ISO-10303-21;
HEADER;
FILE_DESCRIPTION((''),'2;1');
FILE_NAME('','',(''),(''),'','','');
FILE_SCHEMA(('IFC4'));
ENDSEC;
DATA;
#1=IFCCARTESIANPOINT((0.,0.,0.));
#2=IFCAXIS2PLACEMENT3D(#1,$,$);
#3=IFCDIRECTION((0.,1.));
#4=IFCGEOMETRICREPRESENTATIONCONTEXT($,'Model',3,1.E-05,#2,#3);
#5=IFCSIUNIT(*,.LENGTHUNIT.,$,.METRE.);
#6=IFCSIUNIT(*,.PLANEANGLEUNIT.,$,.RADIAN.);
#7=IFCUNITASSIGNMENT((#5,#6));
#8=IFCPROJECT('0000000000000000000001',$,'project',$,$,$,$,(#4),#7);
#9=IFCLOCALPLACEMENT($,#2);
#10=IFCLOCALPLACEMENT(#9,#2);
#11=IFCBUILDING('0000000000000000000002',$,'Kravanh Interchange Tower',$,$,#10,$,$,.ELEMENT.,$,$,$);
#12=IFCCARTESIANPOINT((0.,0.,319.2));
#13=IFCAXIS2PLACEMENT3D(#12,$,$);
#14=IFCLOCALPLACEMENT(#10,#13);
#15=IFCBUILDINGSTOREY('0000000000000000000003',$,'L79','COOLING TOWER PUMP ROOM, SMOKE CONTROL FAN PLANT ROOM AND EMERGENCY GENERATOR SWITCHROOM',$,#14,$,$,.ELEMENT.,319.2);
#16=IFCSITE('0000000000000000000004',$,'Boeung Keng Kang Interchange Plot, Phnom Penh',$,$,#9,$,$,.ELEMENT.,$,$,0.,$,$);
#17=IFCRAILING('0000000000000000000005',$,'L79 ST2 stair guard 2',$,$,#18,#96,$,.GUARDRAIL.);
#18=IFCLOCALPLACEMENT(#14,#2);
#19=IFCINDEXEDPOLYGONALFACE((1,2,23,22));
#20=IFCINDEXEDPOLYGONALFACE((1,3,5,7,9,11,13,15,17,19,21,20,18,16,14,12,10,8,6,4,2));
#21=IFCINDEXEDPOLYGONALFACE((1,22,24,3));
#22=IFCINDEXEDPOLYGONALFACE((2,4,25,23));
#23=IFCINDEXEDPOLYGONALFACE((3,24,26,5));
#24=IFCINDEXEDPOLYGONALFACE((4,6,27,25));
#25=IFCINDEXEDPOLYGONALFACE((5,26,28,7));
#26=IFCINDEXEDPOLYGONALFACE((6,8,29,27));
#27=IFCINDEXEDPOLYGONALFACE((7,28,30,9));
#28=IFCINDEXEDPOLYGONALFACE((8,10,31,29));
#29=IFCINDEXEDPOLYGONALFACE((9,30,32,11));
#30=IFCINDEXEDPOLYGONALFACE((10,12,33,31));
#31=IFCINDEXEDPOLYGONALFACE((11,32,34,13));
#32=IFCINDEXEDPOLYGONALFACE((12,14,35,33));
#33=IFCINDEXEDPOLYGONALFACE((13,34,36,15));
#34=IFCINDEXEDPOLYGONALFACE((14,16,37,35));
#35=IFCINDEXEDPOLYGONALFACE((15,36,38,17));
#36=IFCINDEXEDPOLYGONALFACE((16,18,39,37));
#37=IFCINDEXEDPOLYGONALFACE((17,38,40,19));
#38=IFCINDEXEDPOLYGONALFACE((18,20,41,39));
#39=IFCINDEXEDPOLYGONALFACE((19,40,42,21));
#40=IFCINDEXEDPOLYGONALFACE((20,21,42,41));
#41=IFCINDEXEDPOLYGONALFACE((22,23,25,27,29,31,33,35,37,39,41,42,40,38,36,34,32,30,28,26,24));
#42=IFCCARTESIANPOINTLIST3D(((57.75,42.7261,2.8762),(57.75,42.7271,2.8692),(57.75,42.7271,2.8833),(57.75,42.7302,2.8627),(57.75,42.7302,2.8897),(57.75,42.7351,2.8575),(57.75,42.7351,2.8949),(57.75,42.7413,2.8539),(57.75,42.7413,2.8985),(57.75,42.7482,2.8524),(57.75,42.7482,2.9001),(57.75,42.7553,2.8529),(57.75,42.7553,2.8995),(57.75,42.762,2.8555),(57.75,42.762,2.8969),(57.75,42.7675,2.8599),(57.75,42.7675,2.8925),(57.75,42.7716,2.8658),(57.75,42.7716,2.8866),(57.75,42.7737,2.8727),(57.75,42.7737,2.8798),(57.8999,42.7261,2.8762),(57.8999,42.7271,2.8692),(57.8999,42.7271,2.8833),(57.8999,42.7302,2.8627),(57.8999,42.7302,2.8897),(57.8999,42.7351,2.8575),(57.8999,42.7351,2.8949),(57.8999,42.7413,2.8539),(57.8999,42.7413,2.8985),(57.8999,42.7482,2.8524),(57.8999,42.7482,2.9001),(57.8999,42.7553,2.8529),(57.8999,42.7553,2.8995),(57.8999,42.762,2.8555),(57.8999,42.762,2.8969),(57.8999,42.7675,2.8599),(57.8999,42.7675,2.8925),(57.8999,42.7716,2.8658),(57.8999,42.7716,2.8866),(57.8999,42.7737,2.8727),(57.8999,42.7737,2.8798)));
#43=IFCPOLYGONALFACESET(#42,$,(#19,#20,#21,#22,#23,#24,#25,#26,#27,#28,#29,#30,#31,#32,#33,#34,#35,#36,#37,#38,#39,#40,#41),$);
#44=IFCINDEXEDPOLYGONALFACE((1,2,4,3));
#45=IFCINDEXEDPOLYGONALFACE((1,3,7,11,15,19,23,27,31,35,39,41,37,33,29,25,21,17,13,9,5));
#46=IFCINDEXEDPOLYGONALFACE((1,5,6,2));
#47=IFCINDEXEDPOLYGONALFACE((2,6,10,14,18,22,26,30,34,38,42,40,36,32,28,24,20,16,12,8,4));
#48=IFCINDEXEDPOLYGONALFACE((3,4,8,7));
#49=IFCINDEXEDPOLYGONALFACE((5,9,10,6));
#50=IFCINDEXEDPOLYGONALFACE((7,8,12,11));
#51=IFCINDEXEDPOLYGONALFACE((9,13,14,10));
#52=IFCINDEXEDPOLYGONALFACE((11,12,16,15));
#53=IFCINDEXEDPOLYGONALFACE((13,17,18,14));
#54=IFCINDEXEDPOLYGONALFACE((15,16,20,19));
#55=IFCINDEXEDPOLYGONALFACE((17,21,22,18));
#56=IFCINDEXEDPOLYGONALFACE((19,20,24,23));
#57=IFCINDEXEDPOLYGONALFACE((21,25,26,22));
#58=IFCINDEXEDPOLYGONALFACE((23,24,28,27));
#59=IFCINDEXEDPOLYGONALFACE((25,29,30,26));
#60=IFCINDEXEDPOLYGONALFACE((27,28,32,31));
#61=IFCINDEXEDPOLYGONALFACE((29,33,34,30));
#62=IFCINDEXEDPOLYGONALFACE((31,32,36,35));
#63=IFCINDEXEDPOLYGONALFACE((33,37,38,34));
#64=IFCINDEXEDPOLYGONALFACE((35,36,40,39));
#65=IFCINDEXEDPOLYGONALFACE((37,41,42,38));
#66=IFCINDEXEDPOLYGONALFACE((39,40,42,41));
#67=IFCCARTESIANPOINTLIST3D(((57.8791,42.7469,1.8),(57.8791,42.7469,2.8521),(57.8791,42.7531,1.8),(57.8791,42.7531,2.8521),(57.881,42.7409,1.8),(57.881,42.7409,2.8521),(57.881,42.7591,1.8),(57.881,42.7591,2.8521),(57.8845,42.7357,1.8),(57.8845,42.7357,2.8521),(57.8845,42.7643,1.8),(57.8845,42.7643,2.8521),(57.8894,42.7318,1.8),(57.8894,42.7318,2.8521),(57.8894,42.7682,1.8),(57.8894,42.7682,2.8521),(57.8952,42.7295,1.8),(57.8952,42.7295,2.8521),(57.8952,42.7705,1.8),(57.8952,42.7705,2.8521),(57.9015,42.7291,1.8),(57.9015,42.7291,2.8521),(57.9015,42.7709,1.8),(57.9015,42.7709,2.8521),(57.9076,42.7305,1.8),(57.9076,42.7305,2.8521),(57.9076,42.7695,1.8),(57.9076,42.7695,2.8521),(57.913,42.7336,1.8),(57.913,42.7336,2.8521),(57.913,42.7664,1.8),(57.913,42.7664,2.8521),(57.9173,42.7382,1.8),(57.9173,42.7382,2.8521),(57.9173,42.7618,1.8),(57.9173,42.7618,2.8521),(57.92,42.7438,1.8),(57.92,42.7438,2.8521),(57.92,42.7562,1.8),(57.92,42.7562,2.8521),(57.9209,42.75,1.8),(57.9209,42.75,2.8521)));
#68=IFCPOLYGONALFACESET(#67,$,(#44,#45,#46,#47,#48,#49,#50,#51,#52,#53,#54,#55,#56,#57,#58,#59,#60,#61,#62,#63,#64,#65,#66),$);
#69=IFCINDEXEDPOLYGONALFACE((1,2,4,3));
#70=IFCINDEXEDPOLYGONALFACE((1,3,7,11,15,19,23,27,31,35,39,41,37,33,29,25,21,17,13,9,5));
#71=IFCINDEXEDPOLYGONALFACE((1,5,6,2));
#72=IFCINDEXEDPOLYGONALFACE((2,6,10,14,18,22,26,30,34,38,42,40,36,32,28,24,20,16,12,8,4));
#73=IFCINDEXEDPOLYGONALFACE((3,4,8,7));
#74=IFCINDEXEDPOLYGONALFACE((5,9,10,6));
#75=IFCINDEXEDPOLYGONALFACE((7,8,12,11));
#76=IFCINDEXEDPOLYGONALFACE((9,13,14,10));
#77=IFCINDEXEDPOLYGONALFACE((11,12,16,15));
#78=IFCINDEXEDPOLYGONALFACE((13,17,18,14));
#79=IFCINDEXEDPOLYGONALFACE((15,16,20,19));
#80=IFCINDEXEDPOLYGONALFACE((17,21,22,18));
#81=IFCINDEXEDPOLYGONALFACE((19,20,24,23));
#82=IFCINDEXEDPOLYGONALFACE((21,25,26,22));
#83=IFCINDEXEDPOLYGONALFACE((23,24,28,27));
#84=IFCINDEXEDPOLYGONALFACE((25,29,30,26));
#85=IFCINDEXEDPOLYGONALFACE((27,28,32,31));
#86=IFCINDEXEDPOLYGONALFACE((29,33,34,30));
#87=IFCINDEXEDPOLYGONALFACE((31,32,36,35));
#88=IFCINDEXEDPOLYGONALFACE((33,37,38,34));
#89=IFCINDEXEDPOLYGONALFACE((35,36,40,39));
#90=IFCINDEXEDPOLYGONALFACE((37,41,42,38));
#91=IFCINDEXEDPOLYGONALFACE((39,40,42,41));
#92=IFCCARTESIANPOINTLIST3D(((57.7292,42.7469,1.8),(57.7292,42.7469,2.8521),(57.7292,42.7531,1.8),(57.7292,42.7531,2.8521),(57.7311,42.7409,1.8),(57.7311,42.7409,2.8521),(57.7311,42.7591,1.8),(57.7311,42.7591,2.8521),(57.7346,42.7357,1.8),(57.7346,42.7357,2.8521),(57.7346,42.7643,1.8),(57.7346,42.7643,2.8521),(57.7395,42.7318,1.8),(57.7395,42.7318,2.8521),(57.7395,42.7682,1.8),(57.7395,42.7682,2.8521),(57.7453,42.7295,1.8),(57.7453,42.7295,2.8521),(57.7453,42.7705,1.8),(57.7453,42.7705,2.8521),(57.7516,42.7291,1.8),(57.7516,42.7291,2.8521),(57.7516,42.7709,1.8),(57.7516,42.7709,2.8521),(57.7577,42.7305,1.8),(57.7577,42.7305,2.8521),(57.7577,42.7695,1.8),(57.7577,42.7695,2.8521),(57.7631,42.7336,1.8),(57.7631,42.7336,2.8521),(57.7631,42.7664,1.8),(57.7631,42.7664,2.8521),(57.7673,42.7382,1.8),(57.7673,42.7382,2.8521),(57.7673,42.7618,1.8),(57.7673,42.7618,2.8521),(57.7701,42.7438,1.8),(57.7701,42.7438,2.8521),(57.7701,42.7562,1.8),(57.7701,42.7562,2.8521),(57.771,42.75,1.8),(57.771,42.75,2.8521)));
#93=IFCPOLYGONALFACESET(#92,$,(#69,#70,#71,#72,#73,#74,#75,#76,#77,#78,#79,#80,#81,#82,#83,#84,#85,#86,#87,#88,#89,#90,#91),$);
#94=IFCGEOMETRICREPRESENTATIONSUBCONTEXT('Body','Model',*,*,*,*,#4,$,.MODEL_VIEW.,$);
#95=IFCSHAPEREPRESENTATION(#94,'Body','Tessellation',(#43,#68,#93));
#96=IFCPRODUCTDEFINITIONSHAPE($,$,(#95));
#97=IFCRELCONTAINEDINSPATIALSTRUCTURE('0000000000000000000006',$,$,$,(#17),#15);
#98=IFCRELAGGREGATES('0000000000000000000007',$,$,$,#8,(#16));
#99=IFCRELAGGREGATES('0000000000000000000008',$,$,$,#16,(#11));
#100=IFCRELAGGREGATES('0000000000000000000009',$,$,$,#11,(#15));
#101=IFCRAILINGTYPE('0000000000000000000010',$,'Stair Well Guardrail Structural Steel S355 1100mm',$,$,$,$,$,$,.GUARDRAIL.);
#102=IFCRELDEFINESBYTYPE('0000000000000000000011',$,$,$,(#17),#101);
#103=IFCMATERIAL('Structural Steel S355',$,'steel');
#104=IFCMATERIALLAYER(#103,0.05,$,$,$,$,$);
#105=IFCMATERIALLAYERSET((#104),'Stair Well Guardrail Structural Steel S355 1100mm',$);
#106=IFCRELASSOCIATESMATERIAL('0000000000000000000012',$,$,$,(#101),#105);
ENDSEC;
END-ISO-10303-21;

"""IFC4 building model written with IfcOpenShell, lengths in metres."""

from ifc_helpers import new_model, si_unit, direction, frame, origin, origin_2d, place, context, subcontext, project, spatial, circle, extrude, material, layer, layer_set, type_object, element, save


model = new_model("IFC4")

# Units and contexts
model_context = context("Model", 3, precision=1e-05, world=origin(), true_north=direction((0.0, 1.0)))
body_context = subcontext(model_context, "Body", "Model", "MODEL_VIEW")
ifc_project = project(units=[si_unit("LENGTHUNIT", "METRE"), si_unit("PLANEANGLEUNIT", "RADIAN")], contexts=[model_context])

# Site, building, storey
site_placement = place(None, origin())
site = spatial("IfcSite", under=ifc_project, at=site_placement, Name="Boeung Keng Kang Interchange Plot, Phnom Penh", CompositionType="ELEMENT", RefElevation=0.0)
building_placement = place(site_placement, origin())
building = spatial("IfcBuilding", under=site, at=building_placement, Name="Kravanh Interchange Tower", CompositionType="ELEMENT")
storey_placement = place(building_placement, frame((0.0, 0.0, 319.2)))
storey = spatial("IfcBuildingStorey", under=building, at=storey_placement, Name="L79", Description="COOLING TOWER PUMP ROOM, SMOKE CONTROL FAN PLANT ROOM AND EMERGENCY GENERATOR SWITCHROOM", CompositionType="ELEMENT", Elevation=319.2)

# Railing
ifc_material_1 = material(Name="Structural Steel S355", Category="steel")
ifc_layer_1 = layer(ifc_material_1, 0.05)
ifc_layer_set_1 = layer_set([ifc_layer_1], Name="Stair Well Guardrail Structural Steel S355 1100mm")
railing_type_1 = type_object("IfcRailingType", Name="Stair Well Guardrail Structural Steel S355 1100mm", PredefinedType="GUARDRAIL", material=ifc_layer_set_1)
railing_1_placement = place(storey_placement, frame((57.8999, 42.75, 1.8)))
element("IfcRailing", 1, at=railing_1_placement, inside=storey, type_object=railing_type_1, Name="L79 ST2 stair guard 2", PredefinedType="GUARDRAIL", context=body_context, shape_type="SweptSolid", body=[
    extrude(circle(Radius=0.0239, at=origin_2d()), frame((0.0, 0.0, 1.0762), z_axis=(-1.0, 0.0, 0.0), x_axis=(0.0, -1.0, 0.0)), (0.0, 0.0, 1.0), 0.1499),
    extrude(circle(Radius=0.021, at=origin_2d()), origin(), (0.0, 0.0, 1.0), 1.052),
    extrude(circle(Radius=0.021, at=origin_2d()), frame((-0.1499, 0.0, 0.0)), (0.0, 0.0, 1.0), 1.052),
])

save(model, "model.ifc")
